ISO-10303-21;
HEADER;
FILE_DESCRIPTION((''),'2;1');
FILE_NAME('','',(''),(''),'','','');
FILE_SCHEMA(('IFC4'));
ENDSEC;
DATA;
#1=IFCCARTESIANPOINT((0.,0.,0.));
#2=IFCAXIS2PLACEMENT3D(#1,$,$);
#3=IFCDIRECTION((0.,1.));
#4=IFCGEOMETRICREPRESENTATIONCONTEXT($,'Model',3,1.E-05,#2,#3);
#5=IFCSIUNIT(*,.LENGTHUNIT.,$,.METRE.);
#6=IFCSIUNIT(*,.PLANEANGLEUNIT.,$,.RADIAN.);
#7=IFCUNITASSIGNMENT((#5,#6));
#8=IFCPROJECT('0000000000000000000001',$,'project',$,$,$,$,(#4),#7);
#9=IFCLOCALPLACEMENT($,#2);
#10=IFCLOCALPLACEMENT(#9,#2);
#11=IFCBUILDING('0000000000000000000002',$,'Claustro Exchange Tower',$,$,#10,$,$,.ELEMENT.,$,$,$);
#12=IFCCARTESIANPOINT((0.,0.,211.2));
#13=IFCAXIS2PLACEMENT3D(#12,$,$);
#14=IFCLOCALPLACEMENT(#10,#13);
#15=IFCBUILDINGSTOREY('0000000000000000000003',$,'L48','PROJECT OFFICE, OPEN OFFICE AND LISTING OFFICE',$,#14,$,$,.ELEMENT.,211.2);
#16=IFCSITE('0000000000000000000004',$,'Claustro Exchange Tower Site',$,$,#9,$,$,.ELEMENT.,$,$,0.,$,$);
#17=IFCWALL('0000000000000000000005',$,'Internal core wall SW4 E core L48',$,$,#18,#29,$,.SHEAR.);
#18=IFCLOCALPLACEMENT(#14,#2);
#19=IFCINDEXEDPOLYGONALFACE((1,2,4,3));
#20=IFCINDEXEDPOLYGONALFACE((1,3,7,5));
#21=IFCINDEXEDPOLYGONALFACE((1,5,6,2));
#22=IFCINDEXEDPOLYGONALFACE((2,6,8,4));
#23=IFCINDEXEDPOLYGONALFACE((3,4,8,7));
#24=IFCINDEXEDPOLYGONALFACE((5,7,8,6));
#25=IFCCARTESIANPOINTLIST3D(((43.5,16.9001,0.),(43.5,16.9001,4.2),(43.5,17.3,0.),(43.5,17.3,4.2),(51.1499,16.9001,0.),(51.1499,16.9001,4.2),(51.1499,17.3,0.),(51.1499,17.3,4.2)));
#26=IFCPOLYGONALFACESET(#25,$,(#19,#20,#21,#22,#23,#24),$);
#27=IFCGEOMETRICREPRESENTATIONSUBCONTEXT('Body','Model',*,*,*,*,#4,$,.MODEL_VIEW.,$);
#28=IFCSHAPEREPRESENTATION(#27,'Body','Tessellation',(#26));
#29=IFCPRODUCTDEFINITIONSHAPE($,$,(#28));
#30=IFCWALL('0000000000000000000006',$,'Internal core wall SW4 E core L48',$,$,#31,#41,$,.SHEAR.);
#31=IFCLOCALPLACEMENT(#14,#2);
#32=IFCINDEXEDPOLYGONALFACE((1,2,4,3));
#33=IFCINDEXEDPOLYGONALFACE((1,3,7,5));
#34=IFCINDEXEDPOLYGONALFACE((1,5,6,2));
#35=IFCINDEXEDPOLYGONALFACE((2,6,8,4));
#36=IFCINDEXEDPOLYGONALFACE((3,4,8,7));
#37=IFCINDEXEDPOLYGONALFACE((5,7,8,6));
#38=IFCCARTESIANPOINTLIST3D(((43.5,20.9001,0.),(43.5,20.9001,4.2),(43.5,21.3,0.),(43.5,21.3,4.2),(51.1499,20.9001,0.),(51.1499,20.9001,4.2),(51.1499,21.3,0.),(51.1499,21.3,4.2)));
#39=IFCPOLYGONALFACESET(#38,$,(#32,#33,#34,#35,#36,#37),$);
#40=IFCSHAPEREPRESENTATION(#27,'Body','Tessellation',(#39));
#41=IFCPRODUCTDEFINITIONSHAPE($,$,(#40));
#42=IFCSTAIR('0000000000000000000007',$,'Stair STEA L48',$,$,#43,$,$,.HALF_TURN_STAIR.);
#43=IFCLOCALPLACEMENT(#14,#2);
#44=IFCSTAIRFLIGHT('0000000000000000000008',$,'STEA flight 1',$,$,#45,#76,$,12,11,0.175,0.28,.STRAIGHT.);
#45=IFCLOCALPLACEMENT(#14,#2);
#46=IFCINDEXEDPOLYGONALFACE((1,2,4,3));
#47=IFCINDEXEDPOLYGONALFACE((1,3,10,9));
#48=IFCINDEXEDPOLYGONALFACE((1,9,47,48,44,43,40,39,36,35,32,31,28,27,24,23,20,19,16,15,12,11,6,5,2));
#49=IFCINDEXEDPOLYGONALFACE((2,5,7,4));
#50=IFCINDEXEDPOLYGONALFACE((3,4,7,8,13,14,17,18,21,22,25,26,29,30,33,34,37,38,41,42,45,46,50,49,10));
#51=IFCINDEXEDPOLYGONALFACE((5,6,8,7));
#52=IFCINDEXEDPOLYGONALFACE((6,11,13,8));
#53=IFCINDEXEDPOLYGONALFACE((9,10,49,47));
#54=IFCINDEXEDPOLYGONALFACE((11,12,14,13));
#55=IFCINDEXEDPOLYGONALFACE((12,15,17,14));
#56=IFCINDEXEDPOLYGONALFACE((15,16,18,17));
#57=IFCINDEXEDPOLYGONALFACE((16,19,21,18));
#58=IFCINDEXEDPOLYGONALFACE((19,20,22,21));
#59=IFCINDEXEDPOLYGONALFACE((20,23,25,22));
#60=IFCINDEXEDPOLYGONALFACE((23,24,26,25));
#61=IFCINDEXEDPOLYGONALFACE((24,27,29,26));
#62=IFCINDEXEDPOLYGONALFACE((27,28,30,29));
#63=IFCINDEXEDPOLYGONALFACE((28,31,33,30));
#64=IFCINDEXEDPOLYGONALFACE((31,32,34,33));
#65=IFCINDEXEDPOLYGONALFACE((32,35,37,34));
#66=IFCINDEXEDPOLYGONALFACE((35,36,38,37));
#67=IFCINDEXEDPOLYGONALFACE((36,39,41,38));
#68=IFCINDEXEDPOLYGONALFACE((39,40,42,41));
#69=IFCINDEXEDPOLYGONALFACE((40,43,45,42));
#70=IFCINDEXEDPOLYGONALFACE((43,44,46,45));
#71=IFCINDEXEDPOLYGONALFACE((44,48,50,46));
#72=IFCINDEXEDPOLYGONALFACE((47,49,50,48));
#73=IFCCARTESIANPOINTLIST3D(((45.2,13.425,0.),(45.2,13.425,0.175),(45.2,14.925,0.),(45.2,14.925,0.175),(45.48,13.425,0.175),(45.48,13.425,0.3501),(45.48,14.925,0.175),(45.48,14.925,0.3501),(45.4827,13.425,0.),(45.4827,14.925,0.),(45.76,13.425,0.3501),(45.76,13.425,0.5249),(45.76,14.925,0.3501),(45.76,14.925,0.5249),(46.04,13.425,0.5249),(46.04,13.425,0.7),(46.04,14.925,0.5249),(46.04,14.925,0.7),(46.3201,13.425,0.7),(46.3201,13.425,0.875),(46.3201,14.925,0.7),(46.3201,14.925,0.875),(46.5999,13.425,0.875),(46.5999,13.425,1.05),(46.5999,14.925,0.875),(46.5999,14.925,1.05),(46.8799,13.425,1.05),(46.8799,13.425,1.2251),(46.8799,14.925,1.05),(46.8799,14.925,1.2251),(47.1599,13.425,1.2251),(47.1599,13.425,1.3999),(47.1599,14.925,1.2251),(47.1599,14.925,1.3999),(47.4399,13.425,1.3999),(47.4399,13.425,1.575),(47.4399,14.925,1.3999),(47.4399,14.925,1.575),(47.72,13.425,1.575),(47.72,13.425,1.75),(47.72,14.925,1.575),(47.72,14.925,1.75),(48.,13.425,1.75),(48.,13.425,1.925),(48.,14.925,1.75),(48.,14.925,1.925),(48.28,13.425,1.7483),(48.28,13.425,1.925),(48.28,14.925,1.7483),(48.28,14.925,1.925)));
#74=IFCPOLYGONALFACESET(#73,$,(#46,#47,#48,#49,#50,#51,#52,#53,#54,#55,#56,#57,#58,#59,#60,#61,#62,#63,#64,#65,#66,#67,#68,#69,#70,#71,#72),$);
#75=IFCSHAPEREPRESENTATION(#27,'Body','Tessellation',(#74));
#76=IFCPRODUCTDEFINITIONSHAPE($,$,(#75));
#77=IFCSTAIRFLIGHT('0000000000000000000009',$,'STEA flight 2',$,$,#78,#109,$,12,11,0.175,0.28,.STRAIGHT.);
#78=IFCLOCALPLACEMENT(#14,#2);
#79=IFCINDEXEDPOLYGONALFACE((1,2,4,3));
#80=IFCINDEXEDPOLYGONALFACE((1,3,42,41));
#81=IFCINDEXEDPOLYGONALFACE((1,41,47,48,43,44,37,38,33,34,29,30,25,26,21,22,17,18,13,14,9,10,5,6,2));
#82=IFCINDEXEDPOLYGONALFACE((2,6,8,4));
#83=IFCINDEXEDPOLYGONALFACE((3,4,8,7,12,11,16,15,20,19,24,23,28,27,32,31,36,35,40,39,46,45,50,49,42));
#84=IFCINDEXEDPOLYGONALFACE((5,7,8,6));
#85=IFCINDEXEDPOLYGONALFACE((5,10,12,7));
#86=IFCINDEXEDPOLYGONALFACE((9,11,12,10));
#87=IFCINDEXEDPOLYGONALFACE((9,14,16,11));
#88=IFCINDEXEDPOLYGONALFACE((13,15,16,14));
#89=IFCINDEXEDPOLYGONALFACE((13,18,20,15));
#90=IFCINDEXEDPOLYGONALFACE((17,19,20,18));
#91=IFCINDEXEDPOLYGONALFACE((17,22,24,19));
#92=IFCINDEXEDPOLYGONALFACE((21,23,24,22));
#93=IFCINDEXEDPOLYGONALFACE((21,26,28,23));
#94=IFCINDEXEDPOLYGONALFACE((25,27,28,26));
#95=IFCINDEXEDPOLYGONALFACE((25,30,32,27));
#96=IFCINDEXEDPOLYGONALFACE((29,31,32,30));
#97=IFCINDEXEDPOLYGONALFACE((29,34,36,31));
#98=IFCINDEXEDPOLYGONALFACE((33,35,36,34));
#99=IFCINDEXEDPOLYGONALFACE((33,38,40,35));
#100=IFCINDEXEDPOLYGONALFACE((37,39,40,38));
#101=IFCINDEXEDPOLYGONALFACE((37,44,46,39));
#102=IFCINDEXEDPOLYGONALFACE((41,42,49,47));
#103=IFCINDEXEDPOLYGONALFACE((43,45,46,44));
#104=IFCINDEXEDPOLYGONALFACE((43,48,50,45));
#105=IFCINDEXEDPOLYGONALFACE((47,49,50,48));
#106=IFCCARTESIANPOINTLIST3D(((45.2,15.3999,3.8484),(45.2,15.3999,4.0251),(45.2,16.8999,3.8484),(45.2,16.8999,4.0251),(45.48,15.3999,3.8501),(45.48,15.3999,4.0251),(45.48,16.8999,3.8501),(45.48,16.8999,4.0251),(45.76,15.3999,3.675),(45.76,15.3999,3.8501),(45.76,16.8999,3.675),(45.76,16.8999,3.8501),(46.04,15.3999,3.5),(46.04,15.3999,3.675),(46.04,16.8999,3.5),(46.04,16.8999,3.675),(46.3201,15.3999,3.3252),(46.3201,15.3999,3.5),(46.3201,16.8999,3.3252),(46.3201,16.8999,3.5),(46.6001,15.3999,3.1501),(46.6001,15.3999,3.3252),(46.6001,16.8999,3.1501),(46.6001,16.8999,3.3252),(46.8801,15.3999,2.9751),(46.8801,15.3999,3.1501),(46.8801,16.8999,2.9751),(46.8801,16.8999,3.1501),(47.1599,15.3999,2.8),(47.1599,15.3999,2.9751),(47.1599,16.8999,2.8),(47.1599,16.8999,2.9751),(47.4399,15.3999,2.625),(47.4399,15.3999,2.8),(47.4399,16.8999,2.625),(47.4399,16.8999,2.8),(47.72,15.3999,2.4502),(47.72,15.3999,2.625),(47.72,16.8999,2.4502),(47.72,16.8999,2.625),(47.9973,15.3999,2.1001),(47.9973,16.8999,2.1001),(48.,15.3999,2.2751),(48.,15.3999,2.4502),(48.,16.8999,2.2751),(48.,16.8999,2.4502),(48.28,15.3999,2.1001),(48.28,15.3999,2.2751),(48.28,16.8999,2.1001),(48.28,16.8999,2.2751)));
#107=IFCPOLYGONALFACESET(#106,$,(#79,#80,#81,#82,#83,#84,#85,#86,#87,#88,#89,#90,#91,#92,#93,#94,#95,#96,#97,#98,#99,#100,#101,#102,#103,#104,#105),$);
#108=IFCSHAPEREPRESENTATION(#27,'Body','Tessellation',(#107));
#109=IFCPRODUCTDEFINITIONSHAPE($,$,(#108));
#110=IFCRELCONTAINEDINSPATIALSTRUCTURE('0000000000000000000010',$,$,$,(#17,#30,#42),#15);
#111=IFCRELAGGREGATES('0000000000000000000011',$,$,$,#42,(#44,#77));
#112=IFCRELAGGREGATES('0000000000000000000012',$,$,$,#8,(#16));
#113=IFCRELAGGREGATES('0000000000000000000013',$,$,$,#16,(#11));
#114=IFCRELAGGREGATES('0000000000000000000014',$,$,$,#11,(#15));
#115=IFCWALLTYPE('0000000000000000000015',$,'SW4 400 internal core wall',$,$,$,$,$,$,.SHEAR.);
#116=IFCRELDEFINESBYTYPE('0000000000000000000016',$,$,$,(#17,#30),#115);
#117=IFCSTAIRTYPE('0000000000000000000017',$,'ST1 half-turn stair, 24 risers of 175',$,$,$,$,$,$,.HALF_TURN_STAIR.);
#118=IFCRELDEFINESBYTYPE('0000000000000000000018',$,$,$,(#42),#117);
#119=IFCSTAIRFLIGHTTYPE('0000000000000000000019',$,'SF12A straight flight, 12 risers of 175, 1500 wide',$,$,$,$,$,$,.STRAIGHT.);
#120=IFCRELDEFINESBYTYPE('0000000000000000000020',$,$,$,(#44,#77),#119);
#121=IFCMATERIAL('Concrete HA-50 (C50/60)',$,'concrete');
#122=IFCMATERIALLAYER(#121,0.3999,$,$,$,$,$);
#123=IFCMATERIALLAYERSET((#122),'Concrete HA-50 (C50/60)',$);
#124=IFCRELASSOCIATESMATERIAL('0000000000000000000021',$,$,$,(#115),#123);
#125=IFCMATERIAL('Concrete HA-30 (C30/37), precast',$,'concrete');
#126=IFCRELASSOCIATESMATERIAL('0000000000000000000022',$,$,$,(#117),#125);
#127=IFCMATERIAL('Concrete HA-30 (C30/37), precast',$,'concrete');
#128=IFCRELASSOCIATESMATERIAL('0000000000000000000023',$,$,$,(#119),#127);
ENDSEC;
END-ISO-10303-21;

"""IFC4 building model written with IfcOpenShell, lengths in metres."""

from ifc_helpers import new_model, si_unit, direction, frame, frame_2d, origin, place, context, subcontext, project, spatial, polyline, rectangle, outline, extrude, material, layer, layer_set, type_object, element, aggregate, save


model = new_model("IFC4")

# Units and contexts
model_context = context("Model", 3, precision=1e-05, world=origin(), true_north=direction((0.0, 1.0)))
body_context = subcontext(model_context, "Body", "Model", "MODEL_VIEW")
ifc_project = project(units=[si_unit("LENGTHUNIT", "METRE"), si_unit("PLANEANGLEUNIT", "RADIAN")], contexts=[model_context])

# Site, building, storey
site_placement = place(None, origin())
site = spatial("IfcSite", under=ifc_project, at=site_placement, Name="Claustro Exchange Tower Site", CompositionType="ELEMENT", RefElevation=0.0)
building_placement = place(site_placement, origin())
building = spatial("IfcBuilding", under=site, at=building_placement, Name="Claustro Exchange Tower", CompositionType="ELEMENT")
storey_placement = place(building_placement, frame((0.0, 0.0, 211.2)))
storey = spatial("IfcBuildingStorey", under=building, at=storey_placement, Name="L48", Description="PROJECT OFFICE, OPEN OFFICE AND LISTING OFFICE", CompositionType="ELEMENT", Elevation=211.2)

# Shared definitions
ifc_material_1 = material(Name="Concrete HA-50 (C50/60)", Category="concrete")
ifc_layer_1 = layer(ifc_material_1, 0.3999)
ifc_layer_set_1 = layer_set([ifc_layer_1], Name="Concrete HA-50 (C50/60)")
wall_type_1 = type_object("IfcWallType", Name="SW4 400 internal core wall", PredefinedType="SHEAR", material=ifc_layer_set_1)

# Walls
for number, where, z_axis, x_axis, name in (
    (1, (51.1499, 17.1001, 0.0), (0.0, 0.0, 1.0), (-1.0, 0.0, 0.0), "Internal core wall SW4 E core L48"),
    (2, (51.1499, 21.1001, 0.0), (0.0, 0.0, 1.0), (-1.0, 0.0, 0.0), "Internal core wall SW4 E core L48"),
):
    element("IfcWall", number, at=place(storey_placement, frame(where, z_axis=z_axis, x_axis=x_axis)), inside=storey, type_object=wall_type_1, Name=name, PredefinedType="SHEAR", context=body_context, shape_type="SweptSolid", body=[
        extrude(rectangle(XDim=7.6499, YDim=0.3999, at=frame_2d((3.825, 0.0))), origin(), (0.0, 0.0, 1.0), 4.2),
    ])

# Stair, stair flights
ifc_material_2 = material(Name="Concrete HA-30 (C30/37), precast", Category="concrete")
stair_type = type_object("IfcStairType", Name="ST1 half-turn stair, 24 risers of 175", PredefinedType="HALF_TURN_STAIR", material=ifc_material_2)
stair_placement = place(storey_placement, origin())
stair = element("IfcStair", 3, at=stair_placement, inside=storey, type_object=stair_type, Name="Stair STEA L48", PredefinedType="HALF_TURN_STAIR")
ifc_material_3 = material(Name="Concrete HA-30 (C30/37), precast", Category="concrete")
stair_flight_type = type_object("IfcStairFlightType", Name="SF12A straight flight, 12 risers of 175, 1500 wide", PredefinedType="STRAIGHT", material=ifc_material_3)
stair_flight_1_placement = place(storey_placement, frame((45.2, 14.175, 0.0), z_axis=(0.0, 0.0, 1.0), x_axis=(1.0, 0.0, 0.0)))
stair_flight_1 = element("IfcStairFlight", 4, at=stair_flight_1_placement, type_object=stair_flight_type, Name="STEA flight 1", NumberOfRisers=12, NumberOfTreads=11, PredefinedType="STRAIGHT", RiserHeight=0.175, TreadLength=0.28, context=body_context, shape_type="SweptSolid", body=[
    extrude(outline(polyline([(0.0, 0.0), (0.0, 0.175), (0.28, 0.175), (0.28, 0.3501), (0.5601, 0.3501), (0.5601, 0.5249), (0.8401, 0.5249), (0.8401, 0.7), (1.1201, 0.7), (1.1201, 0.875), (1.3999, 0.875), (1.3999, 1.05), (1.6799, 1.05), (1.6799, 1.2251), (1.96, 1.2251), (1.96, 1.3999), (2.24, 1.3999), (2.24, 1.575), (2.52, 1.575), (2.52, 1.75), (2.8, 1.75), (2.8, 1.925), (3.0801, 1.925), (3.0801, 2.1001), (3.0801, 1.7483), (0.2827, 0.0), (0.0, 0.0)])), frame((0.0, 0.75, 0.0), z_axis=(0.0, -1.0, 0.0), x_axis=(1.0, 0.0, 0.0)), (0.0, 0.0, 1.0), 1.5),
])
stair_flight_2_placement = place(storey_placement, frame((48.28, 16.1499, 2.1001), z_axis=(0.0, 0.0, 1.0), x_axis=(-1.0, 0.0, 0.0)))
stair_flight_2 = element("IfcStairFlight", 5, at=stair_flight_2_placement, type_object=stair_flight_type, Name="STEA flight 2", NumberOfRisers=12, NumberOfTreads=11, PredefinedType="STRAIGHT", RiserHeight=0.175, TreadLength=0.28, context=body_context, shape_type="SweptSolid", body=[
    extrude(outline(polyline([(0.0, 0.0), (0.0, 0.175), (0.28, 0.175), (0.28, 0.3501), (0.5601, 0.3501), (0.5601, 0.5249), (0.8401, 0.5249), (0.8401, 0.7), (1.1201, 0.7), (1.1201, 0.875), (1.3999, 0.875), (1.3999, 1.05), (1.6799, 1.05), (1.6799, 1.2251), (1.96, 1.2251), (1.96, 1.3999), (2.24, 1.3999), (2.24, 1.575), (2.52, 1.575), (2.52, 1.75), (2.8, 1.75), (2.8, 1.925), (3.0801, 1.925), (3.0801, 2.1001), (3.0801, 1.7483), (0.2827, 0.0), (0.0, 0.0)])), frame((0.0, 0.75, 0.0), z_axis=(0.0, -1.0, 0.0), x_axis=(1.0, 0.0, 0.0)), (0.0, 0.0, 1.0), 1.5),
])
aggregate(stair, [stair_flight_1, stair_flight_2])

save(model, "model.ifc")
